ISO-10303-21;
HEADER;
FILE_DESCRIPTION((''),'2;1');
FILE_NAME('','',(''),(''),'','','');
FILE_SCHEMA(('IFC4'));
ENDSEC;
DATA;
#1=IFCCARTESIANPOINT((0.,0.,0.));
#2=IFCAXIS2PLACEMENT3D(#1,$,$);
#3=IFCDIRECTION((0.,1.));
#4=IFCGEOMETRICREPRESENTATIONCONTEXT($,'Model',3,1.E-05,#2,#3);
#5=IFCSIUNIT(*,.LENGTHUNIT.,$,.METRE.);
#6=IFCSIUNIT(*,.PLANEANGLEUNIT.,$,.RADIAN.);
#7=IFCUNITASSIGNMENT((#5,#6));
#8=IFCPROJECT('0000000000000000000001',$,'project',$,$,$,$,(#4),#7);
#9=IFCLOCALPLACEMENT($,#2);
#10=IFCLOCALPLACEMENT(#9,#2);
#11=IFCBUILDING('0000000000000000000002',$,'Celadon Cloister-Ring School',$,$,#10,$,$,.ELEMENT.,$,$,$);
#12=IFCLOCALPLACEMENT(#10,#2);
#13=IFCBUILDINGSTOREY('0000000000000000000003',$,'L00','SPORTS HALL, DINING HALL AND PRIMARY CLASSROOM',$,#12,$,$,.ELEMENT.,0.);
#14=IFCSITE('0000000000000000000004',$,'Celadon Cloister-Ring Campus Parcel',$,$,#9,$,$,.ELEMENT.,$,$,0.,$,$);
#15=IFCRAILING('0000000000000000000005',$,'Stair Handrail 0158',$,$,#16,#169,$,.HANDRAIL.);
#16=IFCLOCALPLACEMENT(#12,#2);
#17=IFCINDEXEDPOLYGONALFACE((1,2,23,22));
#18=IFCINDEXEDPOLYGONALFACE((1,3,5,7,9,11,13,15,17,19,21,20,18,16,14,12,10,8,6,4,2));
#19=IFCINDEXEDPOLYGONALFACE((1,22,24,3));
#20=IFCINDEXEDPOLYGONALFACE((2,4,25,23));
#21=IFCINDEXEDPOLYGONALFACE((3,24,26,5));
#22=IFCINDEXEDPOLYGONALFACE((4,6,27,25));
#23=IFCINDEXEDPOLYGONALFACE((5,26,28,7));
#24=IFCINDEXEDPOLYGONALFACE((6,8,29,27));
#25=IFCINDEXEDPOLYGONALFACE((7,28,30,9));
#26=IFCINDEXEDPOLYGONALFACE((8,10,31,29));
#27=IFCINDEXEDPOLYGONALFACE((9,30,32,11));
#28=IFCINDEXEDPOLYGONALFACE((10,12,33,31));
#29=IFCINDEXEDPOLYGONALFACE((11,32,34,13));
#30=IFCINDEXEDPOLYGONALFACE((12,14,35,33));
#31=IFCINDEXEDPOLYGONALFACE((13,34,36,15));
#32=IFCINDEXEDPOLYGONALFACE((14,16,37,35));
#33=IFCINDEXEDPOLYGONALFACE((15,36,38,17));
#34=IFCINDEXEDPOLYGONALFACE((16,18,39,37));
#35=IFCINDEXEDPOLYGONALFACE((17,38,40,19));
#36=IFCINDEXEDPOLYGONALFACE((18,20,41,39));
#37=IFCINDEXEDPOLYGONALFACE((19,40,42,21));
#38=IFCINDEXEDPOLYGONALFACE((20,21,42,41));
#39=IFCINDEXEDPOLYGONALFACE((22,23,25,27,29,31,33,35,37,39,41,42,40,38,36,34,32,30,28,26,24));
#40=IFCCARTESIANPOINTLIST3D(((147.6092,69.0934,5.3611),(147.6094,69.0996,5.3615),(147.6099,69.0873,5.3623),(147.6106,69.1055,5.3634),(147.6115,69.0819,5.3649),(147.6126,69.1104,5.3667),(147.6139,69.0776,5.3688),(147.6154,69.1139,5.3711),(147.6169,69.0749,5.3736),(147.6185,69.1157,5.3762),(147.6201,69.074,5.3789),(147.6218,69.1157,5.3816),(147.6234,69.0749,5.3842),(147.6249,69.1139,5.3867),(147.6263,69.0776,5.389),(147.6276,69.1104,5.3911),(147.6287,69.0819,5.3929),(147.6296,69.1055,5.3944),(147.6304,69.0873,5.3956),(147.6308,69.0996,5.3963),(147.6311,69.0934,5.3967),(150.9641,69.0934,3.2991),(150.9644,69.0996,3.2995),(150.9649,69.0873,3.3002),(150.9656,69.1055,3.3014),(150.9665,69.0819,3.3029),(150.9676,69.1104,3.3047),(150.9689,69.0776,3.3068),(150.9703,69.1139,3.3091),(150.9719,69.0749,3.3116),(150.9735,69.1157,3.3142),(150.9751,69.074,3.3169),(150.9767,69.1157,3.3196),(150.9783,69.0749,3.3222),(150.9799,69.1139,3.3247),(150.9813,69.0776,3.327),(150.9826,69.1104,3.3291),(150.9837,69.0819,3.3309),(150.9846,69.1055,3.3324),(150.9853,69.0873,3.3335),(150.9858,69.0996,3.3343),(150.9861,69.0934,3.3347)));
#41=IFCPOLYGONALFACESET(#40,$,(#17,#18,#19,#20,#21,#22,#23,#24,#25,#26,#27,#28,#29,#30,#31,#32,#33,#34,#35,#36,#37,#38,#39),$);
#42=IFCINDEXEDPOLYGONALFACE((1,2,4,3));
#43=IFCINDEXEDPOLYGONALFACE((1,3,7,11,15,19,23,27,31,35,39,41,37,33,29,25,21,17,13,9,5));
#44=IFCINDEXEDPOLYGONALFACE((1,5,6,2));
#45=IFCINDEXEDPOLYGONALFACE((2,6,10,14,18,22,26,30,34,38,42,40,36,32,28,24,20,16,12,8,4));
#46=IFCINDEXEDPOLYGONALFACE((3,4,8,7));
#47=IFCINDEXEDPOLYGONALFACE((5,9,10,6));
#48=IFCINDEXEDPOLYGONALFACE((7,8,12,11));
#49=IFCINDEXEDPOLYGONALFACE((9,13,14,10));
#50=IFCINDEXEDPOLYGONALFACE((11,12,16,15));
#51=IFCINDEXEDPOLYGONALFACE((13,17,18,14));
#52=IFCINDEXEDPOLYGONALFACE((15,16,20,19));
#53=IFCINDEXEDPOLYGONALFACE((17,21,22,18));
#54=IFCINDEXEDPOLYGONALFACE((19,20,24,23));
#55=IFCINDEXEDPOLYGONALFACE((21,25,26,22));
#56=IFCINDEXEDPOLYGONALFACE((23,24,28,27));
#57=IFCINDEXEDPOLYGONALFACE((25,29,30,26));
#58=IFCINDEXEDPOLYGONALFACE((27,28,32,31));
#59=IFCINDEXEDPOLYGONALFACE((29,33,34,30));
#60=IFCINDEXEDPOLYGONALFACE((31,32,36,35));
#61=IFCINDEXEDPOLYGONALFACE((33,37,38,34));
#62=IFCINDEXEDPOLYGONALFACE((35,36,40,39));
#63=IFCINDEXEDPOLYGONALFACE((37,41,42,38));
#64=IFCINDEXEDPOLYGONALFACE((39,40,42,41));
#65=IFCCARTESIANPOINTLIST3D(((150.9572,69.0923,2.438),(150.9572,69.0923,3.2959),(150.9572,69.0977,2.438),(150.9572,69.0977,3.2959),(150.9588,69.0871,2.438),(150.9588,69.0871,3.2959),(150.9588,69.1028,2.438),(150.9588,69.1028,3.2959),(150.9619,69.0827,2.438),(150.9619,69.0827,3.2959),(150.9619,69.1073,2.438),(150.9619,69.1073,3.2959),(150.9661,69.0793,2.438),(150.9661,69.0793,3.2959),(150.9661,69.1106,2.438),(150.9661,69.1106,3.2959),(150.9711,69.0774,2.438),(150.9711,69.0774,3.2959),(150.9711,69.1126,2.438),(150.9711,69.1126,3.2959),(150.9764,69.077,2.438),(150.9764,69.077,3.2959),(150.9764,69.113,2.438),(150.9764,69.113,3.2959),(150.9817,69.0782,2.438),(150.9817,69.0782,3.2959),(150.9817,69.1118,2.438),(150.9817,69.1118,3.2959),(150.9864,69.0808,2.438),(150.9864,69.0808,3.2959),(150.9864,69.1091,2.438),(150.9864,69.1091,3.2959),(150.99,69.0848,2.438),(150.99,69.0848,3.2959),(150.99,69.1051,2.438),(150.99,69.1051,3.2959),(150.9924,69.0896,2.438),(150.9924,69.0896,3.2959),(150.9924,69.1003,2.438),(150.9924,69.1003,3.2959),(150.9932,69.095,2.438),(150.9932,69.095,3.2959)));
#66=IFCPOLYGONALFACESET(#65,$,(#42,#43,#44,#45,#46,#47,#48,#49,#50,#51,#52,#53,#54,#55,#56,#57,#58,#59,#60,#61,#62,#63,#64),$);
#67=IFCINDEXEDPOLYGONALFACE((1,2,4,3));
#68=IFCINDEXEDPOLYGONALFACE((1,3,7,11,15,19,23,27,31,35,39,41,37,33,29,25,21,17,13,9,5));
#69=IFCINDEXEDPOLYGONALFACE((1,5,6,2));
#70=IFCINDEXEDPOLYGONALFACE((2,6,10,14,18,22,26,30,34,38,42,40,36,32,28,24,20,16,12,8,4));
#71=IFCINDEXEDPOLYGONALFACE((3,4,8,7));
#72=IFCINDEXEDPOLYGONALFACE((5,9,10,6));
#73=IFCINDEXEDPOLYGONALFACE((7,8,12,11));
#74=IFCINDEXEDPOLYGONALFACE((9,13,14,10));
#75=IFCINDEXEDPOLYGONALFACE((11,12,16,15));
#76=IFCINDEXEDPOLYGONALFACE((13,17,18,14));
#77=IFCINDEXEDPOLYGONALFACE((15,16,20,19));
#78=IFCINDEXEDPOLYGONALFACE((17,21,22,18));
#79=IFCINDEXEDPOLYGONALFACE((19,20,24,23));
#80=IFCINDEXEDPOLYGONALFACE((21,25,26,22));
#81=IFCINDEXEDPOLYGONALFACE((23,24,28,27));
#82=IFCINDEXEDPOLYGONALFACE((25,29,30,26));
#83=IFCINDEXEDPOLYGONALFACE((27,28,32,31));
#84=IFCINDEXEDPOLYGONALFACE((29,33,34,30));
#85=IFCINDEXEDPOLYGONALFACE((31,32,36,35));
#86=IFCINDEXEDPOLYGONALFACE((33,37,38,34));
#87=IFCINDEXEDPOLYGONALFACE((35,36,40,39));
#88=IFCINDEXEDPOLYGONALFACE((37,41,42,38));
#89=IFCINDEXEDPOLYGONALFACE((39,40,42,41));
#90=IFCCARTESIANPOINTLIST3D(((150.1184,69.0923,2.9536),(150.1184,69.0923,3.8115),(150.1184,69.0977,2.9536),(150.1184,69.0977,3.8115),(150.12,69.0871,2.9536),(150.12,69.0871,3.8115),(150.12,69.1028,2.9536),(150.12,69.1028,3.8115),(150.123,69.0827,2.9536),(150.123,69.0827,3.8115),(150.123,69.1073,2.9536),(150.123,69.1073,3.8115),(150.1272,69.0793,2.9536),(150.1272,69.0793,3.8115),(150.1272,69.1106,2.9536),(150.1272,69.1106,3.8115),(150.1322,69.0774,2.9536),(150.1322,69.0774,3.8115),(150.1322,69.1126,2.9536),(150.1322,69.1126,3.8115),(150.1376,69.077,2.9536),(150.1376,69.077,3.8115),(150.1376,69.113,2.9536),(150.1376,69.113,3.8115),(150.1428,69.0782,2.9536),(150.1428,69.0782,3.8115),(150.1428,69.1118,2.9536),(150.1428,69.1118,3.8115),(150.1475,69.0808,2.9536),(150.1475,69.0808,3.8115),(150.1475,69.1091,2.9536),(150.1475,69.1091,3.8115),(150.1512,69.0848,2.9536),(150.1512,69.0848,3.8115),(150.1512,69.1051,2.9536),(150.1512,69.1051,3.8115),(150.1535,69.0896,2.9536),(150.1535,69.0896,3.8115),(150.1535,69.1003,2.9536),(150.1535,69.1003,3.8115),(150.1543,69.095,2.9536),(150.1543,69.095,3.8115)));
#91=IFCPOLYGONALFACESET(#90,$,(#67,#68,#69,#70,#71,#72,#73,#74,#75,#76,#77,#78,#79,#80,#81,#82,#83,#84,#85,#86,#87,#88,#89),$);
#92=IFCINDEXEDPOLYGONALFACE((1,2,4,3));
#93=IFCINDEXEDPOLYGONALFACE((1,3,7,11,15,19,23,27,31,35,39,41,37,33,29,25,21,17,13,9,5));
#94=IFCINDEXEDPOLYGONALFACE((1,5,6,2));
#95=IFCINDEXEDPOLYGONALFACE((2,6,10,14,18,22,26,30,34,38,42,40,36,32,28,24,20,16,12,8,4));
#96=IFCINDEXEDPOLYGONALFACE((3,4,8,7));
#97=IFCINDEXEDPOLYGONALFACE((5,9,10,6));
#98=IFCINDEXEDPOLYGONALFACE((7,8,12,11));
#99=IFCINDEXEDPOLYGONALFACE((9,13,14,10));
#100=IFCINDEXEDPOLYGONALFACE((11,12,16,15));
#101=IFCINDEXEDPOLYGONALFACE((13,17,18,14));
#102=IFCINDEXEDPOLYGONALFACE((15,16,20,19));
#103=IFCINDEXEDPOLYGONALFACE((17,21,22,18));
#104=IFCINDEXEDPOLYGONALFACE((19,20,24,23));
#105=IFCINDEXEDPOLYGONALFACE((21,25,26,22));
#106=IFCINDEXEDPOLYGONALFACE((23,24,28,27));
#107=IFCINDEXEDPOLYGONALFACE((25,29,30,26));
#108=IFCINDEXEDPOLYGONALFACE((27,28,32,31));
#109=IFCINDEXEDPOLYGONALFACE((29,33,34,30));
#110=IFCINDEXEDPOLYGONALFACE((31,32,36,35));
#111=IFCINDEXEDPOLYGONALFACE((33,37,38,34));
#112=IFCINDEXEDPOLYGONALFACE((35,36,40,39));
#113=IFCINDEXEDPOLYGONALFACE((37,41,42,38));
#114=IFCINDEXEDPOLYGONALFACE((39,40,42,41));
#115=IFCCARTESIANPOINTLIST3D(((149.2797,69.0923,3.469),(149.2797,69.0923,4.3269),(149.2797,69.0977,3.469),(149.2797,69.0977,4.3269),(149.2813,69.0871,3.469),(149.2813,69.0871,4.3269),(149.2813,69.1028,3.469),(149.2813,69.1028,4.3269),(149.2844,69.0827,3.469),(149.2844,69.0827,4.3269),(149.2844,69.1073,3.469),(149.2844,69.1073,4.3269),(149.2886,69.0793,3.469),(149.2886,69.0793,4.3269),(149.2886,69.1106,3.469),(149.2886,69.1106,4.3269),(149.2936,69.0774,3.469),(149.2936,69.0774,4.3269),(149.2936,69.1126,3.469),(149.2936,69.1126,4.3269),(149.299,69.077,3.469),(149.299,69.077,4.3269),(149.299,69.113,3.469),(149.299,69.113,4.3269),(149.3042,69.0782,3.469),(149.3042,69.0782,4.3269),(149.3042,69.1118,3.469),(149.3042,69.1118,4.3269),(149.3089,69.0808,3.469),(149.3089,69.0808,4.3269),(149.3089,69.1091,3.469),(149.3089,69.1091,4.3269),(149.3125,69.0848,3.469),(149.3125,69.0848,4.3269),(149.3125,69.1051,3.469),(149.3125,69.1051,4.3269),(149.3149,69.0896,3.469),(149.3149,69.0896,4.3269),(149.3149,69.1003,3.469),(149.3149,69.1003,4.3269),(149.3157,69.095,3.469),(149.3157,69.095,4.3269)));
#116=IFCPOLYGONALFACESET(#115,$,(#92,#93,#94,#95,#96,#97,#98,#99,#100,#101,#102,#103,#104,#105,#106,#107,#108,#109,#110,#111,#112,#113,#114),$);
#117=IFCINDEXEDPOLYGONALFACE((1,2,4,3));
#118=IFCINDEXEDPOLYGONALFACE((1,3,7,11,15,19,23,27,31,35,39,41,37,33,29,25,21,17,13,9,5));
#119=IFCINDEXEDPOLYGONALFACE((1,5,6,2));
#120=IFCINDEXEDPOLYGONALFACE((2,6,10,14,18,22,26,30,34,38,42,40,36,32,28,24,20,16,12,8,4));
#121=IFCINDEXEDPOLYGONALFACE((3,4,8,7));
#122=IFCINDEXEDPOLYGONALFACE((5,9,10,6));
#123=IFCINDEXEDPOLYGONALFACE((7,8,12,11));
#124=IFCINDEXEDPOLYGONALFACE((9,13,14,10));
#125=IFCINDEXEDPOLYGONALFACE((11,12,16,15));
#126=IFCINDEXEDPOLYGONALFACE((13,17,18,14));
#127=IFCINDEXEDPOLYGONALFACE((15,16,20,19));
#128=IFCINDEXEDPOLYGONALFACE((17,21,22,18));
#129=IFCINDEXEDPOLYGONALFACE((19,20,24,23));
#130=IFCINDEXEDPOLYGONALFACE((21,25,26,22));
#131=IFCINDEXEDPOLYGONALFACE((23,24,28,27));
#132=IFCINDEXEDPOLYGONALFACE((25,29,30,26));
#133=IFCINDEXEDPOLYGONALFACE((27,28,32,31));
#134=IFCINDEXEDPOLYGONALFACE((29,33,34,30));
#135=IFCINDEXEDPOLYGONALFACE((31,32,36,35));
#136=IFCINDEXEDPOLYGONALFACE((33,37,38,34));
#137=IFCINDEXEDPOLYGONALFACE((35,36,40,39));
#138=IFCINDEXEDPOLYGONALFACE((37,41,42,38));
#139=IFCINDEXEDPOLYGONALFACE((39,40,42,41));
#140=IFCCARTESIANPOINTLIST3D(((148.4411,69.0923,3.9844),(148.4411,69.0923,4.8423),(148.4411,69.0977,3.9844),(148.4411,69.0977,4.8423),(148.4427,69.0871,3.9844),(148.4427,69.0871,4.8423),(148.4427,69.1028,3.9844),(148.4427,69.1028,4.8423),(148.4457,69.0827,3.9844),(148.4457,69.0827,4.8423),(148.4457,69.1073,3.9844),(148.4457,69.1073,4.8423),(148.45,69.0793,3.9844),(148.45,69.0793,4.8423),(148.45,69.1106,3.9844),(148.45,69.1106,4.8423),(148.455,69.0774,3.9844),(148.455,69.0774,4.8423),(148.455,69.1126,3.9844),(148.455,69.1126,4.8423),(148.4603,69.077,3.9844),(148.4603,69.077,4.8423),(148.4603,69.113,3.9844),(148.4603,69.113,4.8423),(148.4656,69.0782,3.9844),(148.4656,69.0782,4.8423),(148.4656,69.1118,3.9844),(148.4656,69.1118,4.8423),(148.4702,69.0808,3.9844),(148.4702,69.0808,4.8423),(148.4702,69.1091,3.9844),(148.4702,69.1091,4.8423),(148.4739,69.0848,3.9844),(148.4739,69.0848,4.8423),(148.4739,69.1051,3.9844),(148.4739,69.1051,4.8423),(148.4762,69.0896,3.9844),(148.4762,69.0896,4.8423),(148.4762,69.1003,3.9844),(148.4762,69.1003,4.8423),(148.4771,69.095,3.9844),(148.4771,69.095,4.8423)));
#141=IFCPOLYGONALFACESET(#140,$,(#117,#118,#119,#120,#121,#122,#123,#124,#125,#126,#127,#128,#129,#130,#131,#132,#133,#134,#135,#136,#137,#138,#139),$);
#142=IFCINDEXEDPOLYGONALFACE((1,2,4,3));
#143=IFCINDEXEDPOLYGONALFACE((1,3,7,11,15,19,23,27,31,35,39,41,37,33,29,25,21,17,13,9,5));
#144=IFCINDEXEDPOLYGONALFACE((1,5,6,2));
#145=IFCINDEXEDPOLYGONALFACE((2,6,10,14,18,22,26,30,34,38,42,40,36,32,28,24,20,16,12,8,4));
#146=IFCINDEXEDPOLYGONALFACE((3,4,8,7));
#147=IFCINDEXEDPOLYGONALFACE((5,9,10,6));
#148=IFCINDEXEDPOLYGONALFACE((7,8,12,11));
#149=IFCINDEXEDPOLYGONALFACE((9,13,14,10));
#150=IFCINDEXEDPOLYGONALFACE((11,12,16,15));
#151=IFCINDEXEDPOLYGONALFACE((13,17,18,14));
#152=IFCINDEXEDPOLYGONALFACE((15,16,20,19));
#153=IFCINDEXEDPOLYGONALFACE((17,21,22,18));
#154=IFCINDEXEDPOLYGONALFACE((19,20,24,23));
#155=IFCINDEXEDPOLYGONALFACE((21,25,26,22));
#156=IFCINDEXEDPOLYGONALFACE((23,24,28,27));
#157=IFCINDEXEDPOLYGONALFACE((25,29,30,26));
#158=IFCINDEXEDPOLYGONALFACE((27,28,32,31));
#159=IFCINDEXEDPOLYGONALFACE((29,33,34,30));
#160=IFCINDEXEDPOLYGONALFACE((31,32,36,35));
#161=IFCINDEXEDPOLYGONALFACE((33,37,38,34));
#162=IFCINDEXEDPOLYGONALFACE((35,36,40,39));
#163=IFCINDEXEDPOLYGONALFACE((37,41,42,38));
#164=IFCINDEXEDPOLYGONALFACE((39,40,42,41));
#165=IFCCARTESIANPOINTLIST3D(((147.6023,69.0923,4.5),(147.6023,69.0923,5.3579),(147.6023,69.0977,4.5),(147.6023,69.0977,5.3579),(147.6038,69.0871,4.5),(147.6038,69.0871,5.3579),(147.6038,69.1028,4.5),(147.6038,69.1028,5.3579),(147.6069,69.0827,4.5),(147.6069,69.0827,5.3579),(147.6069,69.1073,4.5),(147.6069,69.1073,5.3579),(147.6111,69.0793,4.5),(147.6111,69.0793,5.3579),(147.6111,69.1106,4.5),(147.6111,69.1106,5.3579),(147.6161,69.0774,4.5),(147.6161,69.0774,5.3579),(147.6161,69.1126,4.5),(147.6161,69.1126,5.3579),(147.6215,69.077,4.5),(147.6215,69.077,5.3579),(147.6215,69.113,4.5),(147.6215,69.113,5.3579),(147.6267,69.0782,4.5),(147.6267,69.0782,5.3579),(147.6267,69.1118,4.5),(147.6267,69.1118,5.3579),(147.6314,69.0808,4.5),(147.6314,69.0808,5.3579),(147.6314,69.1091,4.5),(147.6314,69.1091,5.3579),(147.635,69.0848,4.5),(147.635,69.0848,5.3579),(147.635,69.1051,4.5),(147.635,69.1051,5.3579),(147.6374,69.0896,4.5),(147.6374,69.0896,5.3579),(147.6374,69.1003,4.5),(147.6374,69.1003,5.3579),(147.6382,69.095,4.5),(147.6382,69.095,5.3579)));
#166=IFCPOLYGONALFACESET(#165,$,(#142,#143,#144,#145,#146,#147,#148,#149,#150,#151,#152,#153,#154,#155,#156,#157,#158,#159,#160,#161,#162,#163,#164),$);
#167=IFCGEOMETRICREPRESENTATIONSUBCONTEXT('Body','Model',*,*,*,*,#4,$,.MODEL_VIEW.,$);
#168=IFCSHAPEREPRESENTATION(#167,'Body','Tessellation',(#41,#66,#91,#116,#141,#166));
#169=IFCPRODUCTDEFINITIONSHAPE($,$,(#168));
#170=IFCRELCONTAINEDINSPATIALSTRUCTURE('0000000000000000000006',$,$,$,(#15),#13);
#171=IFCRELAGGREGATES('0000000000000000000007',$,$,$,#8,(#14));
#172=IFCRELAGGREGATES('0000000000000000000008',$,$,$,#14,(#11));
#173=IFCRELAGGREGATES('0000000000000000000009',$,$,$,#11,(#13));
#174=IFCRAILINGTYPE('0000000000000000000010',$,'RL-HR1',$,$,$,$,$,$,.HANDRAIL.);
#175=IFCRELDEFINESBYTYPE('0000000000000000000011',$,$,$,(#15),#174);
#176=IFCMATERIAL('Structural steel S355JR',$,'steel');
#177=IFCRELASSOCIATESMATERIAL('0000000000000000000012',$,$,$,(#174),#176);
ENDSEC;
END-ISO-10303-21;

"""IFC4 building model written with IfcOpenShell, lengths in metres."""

from ifc_helpers import new_model, si_unit, direction, frame, origin, origin_2d, place, context, subcontext, project, spatial, circle, extrude, material, type_object, element, save


model = new_model("IFC4")

# Units and contexts
model_context = context("Model", 3, precision=1e-05, world=origin(), true_north=direction((0.0, 1.0)))
body_context = subcontext(model_context, "Body", "Model", "MODEL_VIEW")
ifc_project = project(units=[si_unit("LENGTHUNIT", "METRE"), si_unit("PLANEANGLEUNIT", "RADIAN")], contexts=[model_context])

# Site, building, storey
site_placement = place(None, origin())
site = spatial("IfcSite", under=ifc_project, at=site_placement, Name="Celadon Cloister-Ring Campus Parcel", CompositionType="ELEMENT", RefElevation=0.0)
building_placement = place(site_placement, origin())
building = spatial("IfcBuilding", under=site, at=building_placement, Name="Celadon Cloister-Ring School", CompositionType="ELEMENT")
storey_placement = place(building_placement, origin())
storey = spatial("IfcBuildingStorey", under=building, at=storey_placement, Name="L00", Description="SPORTS HALL, DINING HALL AND PRIMARY CLASSROOM", CompositionType="ELEMENT", Elevation=0.0)

# Railing
ifc_material_1 = material(Name="Structural steel S355JR", Category="steel")
railing_type_1 = type_object("IfcRailingType", Name="RL-HR1", PredefinedType="HANDRAIL", material=ifc_material_1)
for number, where, name in (
    (1, (150.9751, 69.095, 2.438), "Stair Handrail 0158"),
):
    element("IfcRailing", number, at=place(storey_placement, frame(where)), inside=storey, type_object=railing_type_1, Name=name, PredefinedType="HANDRAIL", context=body_context, shape_type="SweptSolid", body=[
        extrude(circle(Radius=0.021, at=origin_2d()), frame((0.0, 0.0, 0.8789), z_axis=(-0.851952, 0.0, 0.52362), x_axis=(0.0, -1.0, 0.0)), (0.0, 0.0, 1.0), 3.938),
        extrude(circle(Radius=0.0181, at=origin_2d()), origin(), (0.0, 0.0, 1.0), 0.8579),
        extrude(circle(Radius=0.0181, at=origin_2d()), frame((-0.8389, 0.0, 0.5156)), (0.0, 0.0, 1.0), 0.8579),
        extrude(circle(Radius=0.0181, at=origin_2d()), frame((-1.6775, 0.0, 1.031)), (0.0, 0.0, 1.0), 0.8579),
        extrude(circle(Radius=0.0181, at=origin_2d()), frame((-2.5161, 0.0, 1.5464)), (0.0, 0.0, 1.0), 0.8579),
        extrude(circle(Radius=0.0181, at=origin_2d()), frame((-3.355, 0.0, 2.062)), (0.0, 0.0, 1.0), 0.8579),
    ])

save(model, "model.ifc")
